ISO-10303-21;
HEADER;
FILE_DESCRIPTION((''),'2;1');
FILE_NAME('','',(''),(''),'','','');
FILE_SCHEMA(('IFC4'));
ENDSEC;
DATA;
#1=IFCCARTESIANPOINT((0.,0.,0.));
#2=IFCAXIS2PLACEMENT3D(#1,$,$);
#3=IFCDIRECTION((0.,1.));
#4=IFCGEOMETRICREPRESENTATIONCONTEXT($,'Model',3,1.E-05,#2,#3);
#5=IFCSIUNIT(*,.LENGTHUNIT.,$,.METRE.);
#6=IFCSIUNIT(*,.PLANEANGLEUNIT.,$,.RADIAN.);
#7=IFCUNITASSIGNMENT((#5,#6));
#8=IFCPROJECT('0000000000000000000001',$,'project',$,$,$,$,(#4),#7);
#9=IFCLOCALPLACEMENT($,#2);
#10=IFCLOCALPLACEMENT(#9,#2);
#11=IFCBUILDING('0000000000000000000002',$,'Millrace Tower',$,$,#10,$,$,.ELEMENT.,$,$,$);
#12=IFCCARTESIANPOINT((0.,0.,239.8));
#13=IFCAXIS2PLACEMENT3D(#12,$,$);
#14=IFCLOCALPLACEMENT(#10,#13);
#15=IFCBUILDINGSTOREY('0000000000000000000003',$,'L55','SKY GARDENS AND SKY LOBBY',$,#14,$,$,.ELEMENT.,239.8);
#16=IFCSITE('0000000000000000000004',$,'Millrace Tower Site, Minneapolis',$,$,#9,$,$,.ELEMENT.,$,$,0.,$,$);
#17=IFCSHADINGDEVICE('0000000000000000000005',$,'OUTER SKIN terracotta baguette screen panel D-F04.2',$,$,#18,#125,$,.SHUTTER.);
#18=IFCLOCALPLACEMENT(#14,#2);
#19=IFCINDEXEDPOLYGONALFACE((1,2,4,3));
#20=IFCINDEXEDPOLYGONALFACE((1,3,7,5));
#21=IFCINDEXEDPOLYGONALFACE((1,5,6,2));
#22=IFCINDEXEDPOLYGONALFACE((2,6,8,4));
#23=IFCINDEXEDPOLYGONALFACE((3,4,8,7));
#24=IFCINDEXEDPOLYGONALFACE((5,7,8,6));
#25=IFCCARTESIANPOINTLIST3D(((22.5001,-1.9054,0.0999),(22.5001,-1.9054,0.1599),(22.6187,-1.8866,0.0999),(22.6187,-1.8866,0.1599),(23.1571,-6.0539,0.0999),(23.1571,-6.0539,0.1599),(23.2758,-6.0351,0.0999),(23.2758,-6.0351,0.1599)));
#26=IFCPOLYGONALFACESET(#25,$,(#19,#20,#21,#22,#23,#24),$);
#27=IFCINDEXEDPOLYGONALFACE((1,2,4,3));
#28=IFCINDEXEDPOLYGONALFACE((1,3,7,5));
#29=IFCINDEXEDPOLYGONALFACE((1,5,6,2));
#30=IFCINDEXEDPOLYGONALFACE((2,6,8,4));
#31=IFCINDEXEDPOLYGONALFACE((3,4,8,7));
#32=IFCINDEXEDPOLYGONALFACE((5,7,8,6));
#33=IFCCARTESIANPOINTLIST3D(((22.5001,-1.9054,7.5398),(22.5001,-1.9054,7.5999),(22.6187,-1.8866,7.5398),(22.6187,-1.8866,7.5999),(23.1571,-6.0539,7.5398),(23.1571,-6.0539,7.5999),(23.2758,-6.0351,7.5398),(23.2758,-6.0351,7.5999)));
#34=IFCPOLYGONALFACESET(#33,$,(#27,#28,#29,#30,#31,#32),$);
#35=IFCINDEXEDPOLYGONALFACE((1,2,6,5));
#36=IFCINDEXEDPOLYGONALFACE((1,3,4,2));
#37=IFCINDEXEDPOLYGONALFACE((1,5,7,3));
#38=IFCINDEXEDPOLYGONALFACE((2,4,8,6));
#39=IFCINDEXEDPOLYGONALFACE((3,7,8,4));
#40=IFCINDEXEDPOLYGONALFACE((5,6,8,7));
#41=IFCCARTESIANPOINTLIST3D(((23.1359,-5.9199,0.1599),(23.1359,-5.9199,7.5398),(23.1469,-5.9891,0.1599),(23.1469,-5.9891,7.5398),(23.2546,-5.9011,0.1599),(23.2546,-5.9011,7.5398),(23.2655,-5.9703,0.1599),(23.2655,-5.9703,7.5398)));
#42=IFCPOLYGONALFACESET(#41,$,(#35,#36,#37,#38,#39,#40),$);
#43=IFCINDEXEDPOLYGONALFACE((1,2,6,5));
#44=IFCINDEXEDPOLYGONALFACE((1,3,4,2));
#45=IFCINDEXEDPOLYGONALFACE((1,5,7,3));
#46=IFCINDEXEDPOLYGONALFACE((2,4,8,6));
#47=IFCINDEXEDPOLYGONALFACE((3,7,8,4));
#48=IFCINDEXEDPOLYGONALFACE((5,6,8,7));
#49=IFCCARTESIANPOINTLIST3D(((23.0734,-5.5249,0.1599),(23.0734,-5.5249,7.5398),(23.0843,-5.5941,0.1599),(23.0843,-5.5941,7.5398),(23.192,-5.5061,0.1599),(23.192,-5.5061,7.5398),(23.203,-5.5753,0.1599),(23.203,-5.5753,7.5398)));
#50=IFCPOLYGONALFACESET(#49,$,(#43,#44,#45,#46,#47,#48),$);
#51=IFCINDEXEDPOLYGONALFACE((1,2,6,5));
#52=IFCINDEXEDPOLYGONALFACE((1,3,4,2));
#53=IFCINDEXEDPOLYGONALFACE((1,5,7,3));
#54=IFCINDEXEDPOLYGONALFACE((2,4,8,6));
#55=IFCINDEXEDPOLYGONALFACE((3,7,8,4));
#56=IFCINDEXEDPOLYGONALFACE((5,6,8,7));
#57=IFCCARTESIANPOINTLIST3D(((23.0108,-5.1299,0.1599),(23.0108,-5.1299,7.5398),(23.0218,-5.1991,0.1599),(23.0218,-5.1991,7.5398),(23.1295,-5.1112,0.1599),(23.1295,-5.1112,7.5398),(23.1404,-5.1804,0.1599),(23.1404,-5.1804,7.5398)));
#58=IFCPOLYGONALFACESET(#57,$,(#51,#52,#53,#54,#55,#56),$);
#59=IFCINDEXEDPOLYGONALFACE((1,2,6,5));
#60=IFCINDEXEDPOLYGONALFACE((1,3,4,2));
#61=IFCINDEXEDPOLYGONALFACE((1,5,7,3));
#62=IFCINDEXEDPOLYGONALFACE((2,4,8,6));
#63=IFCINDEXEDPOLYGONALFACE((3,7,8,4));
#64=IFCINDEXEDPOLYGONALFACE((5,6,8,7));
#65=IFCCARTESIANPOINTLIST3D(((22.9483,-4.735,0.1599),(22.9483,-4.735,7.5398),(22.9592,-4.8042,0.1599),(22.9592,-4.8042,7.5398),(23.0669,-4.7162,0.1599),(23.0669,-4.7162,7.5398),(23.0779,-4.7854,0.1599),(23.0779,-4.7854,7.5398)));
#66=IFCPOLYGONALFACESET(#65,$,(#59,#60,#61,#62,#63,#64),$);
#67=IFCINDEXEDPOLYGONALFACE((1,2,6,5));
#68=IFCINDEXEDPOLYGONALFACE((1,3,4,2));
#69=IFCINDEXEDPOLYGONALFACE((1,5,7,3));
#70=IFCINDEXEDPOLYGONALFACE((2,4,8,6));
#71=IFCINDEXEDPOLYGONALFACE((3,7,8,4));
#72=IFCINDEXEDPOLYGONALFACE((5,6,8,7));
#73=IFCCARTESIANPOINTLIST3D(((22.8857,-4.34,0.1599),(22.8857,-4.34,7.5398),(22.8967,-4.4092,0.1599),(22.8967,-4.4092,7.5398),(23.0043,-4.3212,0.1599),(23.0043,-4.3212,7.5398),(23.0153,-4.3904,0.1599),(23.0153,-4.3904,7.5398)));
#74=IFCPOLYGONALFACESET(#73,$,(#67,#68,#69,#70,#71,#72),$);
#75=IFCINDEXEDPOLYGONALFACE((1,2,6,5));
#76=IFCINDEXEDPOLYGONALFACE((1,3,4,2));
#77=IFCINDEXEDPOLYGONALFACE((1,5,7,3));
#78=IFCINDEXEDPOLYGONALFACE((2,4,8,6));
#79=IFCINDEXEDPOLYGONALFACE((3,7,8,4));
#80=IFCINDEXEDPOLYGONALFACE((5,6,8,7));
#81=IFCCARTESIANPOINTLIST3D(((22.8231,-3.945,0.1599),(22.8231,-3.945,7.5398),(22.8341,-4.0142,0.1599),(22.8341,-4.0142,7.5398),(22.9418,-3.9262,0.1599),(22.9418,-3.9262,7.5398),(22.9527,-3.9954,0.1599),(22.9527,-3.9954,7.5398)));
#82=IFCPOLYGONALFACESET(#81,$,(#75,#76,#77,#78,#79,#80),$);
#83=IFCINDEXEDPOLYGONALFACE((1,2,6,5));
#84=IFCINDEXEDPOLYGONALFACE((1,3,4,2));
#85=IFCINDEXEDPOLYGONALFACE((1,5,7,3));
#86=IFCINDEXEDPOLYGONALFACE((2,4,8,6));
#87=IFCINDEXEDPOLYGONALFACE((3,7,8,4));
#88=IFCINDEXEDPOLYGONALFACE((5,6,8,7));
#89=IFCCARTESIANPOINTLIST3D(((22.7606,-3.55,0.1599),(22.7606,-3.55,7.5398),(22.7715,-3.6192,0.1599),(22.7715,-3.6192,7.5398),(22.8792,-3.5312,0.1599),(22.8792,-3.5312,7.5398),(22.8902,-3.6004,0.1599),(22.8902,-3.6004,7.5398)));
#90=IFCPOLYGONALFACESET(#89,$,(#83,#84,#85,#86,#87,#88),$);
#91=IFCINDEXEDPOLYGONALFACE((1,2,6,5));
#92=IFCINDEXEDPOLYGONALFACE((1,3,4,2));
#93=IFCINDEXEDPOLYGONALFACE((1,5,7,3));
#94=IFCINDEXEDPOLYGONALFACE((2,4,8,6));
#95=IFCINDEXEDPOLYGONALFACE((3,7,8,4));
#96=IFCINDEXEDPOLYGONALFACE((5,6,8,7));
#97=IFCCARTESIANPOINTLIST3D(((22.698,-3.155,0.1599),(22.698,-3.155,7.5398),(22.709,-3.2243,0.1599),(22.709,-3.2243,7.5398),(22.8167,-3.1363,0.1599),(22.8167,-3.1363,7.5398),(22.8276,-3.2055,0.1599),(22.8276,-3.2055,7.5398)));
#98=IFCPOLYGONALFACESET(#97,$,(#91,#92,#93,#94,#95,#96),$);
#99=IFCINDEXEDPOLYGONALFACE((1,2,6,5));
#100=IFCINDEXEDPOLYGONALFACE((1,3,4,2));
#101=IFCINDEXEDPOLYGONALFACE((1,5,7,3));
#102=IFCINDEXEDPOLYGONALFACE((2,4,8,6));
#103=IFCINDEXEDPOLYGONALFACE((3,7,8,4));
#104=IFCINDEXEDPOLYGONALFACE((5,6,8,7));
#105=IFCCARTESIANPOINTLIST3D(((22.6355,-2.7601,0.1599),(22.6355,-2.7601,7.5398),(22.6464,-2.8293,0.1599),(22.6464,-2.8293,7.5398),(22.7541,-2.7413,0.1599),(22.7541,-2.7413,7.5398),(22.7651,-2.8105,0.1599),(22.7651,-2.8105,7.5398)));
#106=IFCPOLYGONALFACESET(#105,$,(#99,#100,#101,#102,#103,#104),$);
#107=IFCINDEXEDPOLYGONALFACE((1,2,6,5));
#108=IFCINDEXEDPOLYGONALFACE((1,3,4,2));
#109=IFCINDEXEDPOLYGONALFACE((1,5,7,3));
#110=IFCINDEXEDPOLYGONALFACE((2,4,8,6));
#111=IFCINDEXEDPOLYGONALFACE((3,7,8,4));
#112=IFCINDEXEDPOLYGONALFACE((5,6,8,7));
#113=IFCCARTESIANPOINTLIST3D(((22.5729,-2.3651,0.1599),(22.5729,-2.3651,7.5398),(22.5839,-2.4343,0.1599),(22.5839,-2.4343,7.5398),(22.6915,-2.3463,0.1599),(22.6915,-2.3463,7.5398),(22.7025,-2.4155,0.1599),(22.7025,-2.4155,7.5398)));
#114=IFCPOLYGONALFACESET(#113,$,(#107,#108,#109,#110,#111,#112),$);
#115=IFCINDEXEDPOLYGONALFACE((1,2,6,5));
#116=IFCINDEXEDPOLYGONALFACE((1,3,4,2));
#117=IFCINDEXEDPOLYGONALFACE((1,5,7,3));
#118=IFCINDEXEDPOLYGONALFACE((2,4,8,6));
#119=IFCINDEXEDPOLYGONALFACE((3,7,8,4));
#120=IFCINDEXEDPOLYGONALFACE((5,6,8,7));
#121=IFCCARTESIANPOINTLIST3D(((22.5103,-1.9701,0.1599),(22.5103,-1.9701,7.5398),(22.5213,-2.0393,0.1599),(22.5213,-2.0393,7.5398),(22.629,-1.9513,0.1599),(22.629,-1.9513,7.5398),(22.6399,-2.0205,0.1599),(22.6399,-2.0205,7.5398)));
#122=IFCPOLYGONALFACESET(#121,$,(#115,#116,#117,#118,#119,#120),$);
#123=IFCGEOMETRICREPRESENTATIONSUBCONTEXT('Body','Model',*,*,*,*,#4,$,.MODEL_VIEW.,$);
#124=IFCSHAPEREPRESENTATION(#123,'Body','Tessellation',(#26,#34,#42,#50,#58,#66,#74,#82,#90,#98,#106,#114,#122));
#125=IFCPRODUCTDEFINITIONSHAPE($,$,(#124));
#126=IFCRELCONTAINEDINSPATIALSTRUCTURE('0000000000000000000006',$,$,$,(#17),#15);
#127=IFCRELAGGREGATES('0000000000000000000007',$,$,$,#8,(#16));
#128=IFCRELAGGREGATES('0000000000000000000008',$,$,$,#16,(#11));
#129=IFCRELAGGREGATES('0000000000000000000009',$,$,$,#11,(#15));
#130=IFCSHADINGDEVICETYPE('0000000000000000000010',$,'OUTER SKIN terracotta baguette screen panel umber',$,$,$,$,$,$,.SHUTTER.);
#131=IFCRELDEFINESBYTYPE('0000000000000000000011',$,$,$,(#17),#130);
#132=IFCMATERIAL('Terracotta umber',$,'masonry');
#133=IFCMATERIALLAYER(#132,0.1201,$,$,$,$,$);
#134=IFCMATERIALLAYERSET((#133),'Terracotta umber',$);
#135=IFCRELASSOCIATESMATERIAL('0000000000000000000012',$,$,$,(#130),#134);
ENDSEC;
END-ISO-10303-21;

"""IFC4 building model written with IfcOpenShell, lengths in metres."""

from ifc_helpers import new_model, entity, si_unit, direction, frame, frame_2d, origin, origin_2d, place, context, subcontext, project, spatial, rectangle, extrude, source, transform, mapped, material, layer, layer_set, type_object, element, save


model = new_model("IFC4")

# Units and contexts
model_context = context("Model", 3, precision=1e-05, world=origin(), true_north=direction((0.0, 1.0)))
body_context = subcontext(model_context, "Body", "Model", "MODEL_VIEW")
ifc_project = project(units=[si_unit("LENGTHUNIT", "METRE"), si_unit("PLANEANGLEUNIT", "RADIAN")], contexts=[model_context])

# Site, building, storey
site_placement = place(None, origin())
site = spatial("IfcSite", under=ifc_project, at=site_placement, Name="Millrace Tower Site, Minneapolis", CompositionType="ELEMENT", RefElevation=0.0)
building_placement = place(site_placement, origin())
building = spatial("IfcBuilding", under=site, at=building_placement, Name="Millrace Tower", CompositionType="ELEMENT")
storey_placement = place(building_placement, frame((0.0, 0.0, 239.8)))
storey = spatial("IfcBuildingStorey", under=building, at=storey_placement, Name="L55", Description="SKY GARDENS AND SKY LOBBY", CompositionType="ELEMENT", Elevation=239.8)

# Shading device
ifc_material_1 = material(Name="Terracotta umber", Category="masonry")
ifc_layer_1 = layer(ifc_material_1, 0.1201)
ifc_layer_set_1 = layer_set([ifc_layer_1], Name="Terracotta umber")
shading_device_type = type_object("IfcShadingDeviceType", Name="OUTER SKIN terracotta baguette screen panel umber", PredefinedType="SHUTTER", material=ifc_layer_set_1)
cartesian_point_1 = entity("IfcCartesianPoint", [-2.1001, 0.0601])
shared_polyline_1 = entity("IfcPolyline", [cartesian_point_1, entity("IfcCartesianPoint", [2.1001, 0.0601]), entity("IfcCartesianPoint", [2.1001, -0.0601]), entity("IfcCartesianPoint", [-2.1001, -0.0601]), cartesian_point_1])
shared_shape_1 = source(origin(), body_context, "Body", "SweptSolid", [
    entity("IfcExtrudedAreaSolid", entity("IfcArbitraryClosedProfileDef", "AREA", None, shared_polyline_1), entity("IfcAxis2Placement3D", entity("IfcCartesianPoint", [0.0, 0.0, 0.0])), entity("IfcDirection", [0.0, 0.0, 1.0]), 0.0601),
    entity("IfcExtrudedAreaSolid", entity("IfcArbitraryClosedProfileDef", "AREA", None, shared_polyline_1), entity("IfcAxis2Placement3D", entity("IfcCartesianPoint", [0.0, 0.0, 7.4399])), entity("IfcDirection", [0.0, 0.0, 1.0]), 0.0601),
    extrude(rectangle(XDim=0.0701, YDim=0.1201, at=frame_2d((-1.9995, 0.0))), frame((0.0, 0.0, 0.0601)), (0.0, 0.0, 1.0), 7.3799),
    extrude(rectangle(XDim=0.0701, YDim=0.1201, at=frame_2d((-1.5996, 0.0))), frame((0.0, 0.0, 0.0601)), (0.0, 0.0, 1.0), 7.3799),
    extrude(rectangle(XDim=0.0701, YDim=0.1201, at=frame_2d((-1.1997, 0.0))), frame((0.0, 0.0, 0.0601)), (0.0, 0.0, 1.0), 7.3799),
    extrude(rectangle(XDim=0.0701, YDim=0.1201, at=frame_2d((-0.7998, 0.0))), frame((0.0, 0.0, 0.0601)), (0.0, 0.0, 1.0), 7.3799),
    extrude(rectangle(XDim=0.0701, YDim=0.1201, at=frame_2d((-0.3999, 0.0))), frame((0.0, 0.0, 0.0601)), (0.0, 0.0, 1.0), 7.3799),
    extrude(rectangle(XDim=0.0701, YDim=0.1201, at=origin_2d()), frame((0.0, 0.0, 0.0601)), (0.0, 0.0, 1.0), 7.3799),
    extrude(rectangle(XDim=0.0701, YDim=0.1201, at=frame_2d((0.3999, 0.0))), frame((0.0, 0.0, 0.0601)), (0.0, 0.0, 1.0), 7.3799),
    extrude(rectangle(XDim=0.0701, YDim=0.1201, at=frame_2d((0.7998, 0.0))), frame((0.0, 0.0, 0.0601)), (0.0, 0.0, 1.0), 7.3799),
    extrude(rectangle(XDim=0.0701, YDim=0.1201, at=frame_2d((1.1997, 0.0))), frame((0.0, 0.0, 0.0601)), (0.0, 0.0, 1.0), 7.3799),
    extrude(rectangle(XDim=0.0701, YDim=0.1201, at=frame_2d((1.5996, 0.0))), frame((0.0, 0.0, 0.0601)), (0.0, 0.0, 1.0), 7.3799),
    extrude(rectangle(XDim=0.0701, YDim=0.1201, at=frame_2d((1.9995, 0.0))), frame((0.0, 0.0, 0.0601)), (0.0, 0.0, 1.0), 7.3799),
])
shading_device_1_placement = place(storey_placement, frame((22.8879, -3.9702, 0.0999), z_axis=(0.0, 0.0, 1.0), x_axis=(-0.156434, 0.987688, 0.0)))
element("IfcShadingDevice", 1, at=shading_device_1_placement, inside=storey, type_object=shading_device_type, Name="OUTER SKIN terracotta baguette screen panel D-F04.2", PredefinedType="SHUTTER", context=body_context, shape_type="MappedRepresentation", body=[
    mapped(shared_shape_1, transform((0.0, 0.0, 0.0), scale=1.0)),
])

save(model, "model.ifc")
